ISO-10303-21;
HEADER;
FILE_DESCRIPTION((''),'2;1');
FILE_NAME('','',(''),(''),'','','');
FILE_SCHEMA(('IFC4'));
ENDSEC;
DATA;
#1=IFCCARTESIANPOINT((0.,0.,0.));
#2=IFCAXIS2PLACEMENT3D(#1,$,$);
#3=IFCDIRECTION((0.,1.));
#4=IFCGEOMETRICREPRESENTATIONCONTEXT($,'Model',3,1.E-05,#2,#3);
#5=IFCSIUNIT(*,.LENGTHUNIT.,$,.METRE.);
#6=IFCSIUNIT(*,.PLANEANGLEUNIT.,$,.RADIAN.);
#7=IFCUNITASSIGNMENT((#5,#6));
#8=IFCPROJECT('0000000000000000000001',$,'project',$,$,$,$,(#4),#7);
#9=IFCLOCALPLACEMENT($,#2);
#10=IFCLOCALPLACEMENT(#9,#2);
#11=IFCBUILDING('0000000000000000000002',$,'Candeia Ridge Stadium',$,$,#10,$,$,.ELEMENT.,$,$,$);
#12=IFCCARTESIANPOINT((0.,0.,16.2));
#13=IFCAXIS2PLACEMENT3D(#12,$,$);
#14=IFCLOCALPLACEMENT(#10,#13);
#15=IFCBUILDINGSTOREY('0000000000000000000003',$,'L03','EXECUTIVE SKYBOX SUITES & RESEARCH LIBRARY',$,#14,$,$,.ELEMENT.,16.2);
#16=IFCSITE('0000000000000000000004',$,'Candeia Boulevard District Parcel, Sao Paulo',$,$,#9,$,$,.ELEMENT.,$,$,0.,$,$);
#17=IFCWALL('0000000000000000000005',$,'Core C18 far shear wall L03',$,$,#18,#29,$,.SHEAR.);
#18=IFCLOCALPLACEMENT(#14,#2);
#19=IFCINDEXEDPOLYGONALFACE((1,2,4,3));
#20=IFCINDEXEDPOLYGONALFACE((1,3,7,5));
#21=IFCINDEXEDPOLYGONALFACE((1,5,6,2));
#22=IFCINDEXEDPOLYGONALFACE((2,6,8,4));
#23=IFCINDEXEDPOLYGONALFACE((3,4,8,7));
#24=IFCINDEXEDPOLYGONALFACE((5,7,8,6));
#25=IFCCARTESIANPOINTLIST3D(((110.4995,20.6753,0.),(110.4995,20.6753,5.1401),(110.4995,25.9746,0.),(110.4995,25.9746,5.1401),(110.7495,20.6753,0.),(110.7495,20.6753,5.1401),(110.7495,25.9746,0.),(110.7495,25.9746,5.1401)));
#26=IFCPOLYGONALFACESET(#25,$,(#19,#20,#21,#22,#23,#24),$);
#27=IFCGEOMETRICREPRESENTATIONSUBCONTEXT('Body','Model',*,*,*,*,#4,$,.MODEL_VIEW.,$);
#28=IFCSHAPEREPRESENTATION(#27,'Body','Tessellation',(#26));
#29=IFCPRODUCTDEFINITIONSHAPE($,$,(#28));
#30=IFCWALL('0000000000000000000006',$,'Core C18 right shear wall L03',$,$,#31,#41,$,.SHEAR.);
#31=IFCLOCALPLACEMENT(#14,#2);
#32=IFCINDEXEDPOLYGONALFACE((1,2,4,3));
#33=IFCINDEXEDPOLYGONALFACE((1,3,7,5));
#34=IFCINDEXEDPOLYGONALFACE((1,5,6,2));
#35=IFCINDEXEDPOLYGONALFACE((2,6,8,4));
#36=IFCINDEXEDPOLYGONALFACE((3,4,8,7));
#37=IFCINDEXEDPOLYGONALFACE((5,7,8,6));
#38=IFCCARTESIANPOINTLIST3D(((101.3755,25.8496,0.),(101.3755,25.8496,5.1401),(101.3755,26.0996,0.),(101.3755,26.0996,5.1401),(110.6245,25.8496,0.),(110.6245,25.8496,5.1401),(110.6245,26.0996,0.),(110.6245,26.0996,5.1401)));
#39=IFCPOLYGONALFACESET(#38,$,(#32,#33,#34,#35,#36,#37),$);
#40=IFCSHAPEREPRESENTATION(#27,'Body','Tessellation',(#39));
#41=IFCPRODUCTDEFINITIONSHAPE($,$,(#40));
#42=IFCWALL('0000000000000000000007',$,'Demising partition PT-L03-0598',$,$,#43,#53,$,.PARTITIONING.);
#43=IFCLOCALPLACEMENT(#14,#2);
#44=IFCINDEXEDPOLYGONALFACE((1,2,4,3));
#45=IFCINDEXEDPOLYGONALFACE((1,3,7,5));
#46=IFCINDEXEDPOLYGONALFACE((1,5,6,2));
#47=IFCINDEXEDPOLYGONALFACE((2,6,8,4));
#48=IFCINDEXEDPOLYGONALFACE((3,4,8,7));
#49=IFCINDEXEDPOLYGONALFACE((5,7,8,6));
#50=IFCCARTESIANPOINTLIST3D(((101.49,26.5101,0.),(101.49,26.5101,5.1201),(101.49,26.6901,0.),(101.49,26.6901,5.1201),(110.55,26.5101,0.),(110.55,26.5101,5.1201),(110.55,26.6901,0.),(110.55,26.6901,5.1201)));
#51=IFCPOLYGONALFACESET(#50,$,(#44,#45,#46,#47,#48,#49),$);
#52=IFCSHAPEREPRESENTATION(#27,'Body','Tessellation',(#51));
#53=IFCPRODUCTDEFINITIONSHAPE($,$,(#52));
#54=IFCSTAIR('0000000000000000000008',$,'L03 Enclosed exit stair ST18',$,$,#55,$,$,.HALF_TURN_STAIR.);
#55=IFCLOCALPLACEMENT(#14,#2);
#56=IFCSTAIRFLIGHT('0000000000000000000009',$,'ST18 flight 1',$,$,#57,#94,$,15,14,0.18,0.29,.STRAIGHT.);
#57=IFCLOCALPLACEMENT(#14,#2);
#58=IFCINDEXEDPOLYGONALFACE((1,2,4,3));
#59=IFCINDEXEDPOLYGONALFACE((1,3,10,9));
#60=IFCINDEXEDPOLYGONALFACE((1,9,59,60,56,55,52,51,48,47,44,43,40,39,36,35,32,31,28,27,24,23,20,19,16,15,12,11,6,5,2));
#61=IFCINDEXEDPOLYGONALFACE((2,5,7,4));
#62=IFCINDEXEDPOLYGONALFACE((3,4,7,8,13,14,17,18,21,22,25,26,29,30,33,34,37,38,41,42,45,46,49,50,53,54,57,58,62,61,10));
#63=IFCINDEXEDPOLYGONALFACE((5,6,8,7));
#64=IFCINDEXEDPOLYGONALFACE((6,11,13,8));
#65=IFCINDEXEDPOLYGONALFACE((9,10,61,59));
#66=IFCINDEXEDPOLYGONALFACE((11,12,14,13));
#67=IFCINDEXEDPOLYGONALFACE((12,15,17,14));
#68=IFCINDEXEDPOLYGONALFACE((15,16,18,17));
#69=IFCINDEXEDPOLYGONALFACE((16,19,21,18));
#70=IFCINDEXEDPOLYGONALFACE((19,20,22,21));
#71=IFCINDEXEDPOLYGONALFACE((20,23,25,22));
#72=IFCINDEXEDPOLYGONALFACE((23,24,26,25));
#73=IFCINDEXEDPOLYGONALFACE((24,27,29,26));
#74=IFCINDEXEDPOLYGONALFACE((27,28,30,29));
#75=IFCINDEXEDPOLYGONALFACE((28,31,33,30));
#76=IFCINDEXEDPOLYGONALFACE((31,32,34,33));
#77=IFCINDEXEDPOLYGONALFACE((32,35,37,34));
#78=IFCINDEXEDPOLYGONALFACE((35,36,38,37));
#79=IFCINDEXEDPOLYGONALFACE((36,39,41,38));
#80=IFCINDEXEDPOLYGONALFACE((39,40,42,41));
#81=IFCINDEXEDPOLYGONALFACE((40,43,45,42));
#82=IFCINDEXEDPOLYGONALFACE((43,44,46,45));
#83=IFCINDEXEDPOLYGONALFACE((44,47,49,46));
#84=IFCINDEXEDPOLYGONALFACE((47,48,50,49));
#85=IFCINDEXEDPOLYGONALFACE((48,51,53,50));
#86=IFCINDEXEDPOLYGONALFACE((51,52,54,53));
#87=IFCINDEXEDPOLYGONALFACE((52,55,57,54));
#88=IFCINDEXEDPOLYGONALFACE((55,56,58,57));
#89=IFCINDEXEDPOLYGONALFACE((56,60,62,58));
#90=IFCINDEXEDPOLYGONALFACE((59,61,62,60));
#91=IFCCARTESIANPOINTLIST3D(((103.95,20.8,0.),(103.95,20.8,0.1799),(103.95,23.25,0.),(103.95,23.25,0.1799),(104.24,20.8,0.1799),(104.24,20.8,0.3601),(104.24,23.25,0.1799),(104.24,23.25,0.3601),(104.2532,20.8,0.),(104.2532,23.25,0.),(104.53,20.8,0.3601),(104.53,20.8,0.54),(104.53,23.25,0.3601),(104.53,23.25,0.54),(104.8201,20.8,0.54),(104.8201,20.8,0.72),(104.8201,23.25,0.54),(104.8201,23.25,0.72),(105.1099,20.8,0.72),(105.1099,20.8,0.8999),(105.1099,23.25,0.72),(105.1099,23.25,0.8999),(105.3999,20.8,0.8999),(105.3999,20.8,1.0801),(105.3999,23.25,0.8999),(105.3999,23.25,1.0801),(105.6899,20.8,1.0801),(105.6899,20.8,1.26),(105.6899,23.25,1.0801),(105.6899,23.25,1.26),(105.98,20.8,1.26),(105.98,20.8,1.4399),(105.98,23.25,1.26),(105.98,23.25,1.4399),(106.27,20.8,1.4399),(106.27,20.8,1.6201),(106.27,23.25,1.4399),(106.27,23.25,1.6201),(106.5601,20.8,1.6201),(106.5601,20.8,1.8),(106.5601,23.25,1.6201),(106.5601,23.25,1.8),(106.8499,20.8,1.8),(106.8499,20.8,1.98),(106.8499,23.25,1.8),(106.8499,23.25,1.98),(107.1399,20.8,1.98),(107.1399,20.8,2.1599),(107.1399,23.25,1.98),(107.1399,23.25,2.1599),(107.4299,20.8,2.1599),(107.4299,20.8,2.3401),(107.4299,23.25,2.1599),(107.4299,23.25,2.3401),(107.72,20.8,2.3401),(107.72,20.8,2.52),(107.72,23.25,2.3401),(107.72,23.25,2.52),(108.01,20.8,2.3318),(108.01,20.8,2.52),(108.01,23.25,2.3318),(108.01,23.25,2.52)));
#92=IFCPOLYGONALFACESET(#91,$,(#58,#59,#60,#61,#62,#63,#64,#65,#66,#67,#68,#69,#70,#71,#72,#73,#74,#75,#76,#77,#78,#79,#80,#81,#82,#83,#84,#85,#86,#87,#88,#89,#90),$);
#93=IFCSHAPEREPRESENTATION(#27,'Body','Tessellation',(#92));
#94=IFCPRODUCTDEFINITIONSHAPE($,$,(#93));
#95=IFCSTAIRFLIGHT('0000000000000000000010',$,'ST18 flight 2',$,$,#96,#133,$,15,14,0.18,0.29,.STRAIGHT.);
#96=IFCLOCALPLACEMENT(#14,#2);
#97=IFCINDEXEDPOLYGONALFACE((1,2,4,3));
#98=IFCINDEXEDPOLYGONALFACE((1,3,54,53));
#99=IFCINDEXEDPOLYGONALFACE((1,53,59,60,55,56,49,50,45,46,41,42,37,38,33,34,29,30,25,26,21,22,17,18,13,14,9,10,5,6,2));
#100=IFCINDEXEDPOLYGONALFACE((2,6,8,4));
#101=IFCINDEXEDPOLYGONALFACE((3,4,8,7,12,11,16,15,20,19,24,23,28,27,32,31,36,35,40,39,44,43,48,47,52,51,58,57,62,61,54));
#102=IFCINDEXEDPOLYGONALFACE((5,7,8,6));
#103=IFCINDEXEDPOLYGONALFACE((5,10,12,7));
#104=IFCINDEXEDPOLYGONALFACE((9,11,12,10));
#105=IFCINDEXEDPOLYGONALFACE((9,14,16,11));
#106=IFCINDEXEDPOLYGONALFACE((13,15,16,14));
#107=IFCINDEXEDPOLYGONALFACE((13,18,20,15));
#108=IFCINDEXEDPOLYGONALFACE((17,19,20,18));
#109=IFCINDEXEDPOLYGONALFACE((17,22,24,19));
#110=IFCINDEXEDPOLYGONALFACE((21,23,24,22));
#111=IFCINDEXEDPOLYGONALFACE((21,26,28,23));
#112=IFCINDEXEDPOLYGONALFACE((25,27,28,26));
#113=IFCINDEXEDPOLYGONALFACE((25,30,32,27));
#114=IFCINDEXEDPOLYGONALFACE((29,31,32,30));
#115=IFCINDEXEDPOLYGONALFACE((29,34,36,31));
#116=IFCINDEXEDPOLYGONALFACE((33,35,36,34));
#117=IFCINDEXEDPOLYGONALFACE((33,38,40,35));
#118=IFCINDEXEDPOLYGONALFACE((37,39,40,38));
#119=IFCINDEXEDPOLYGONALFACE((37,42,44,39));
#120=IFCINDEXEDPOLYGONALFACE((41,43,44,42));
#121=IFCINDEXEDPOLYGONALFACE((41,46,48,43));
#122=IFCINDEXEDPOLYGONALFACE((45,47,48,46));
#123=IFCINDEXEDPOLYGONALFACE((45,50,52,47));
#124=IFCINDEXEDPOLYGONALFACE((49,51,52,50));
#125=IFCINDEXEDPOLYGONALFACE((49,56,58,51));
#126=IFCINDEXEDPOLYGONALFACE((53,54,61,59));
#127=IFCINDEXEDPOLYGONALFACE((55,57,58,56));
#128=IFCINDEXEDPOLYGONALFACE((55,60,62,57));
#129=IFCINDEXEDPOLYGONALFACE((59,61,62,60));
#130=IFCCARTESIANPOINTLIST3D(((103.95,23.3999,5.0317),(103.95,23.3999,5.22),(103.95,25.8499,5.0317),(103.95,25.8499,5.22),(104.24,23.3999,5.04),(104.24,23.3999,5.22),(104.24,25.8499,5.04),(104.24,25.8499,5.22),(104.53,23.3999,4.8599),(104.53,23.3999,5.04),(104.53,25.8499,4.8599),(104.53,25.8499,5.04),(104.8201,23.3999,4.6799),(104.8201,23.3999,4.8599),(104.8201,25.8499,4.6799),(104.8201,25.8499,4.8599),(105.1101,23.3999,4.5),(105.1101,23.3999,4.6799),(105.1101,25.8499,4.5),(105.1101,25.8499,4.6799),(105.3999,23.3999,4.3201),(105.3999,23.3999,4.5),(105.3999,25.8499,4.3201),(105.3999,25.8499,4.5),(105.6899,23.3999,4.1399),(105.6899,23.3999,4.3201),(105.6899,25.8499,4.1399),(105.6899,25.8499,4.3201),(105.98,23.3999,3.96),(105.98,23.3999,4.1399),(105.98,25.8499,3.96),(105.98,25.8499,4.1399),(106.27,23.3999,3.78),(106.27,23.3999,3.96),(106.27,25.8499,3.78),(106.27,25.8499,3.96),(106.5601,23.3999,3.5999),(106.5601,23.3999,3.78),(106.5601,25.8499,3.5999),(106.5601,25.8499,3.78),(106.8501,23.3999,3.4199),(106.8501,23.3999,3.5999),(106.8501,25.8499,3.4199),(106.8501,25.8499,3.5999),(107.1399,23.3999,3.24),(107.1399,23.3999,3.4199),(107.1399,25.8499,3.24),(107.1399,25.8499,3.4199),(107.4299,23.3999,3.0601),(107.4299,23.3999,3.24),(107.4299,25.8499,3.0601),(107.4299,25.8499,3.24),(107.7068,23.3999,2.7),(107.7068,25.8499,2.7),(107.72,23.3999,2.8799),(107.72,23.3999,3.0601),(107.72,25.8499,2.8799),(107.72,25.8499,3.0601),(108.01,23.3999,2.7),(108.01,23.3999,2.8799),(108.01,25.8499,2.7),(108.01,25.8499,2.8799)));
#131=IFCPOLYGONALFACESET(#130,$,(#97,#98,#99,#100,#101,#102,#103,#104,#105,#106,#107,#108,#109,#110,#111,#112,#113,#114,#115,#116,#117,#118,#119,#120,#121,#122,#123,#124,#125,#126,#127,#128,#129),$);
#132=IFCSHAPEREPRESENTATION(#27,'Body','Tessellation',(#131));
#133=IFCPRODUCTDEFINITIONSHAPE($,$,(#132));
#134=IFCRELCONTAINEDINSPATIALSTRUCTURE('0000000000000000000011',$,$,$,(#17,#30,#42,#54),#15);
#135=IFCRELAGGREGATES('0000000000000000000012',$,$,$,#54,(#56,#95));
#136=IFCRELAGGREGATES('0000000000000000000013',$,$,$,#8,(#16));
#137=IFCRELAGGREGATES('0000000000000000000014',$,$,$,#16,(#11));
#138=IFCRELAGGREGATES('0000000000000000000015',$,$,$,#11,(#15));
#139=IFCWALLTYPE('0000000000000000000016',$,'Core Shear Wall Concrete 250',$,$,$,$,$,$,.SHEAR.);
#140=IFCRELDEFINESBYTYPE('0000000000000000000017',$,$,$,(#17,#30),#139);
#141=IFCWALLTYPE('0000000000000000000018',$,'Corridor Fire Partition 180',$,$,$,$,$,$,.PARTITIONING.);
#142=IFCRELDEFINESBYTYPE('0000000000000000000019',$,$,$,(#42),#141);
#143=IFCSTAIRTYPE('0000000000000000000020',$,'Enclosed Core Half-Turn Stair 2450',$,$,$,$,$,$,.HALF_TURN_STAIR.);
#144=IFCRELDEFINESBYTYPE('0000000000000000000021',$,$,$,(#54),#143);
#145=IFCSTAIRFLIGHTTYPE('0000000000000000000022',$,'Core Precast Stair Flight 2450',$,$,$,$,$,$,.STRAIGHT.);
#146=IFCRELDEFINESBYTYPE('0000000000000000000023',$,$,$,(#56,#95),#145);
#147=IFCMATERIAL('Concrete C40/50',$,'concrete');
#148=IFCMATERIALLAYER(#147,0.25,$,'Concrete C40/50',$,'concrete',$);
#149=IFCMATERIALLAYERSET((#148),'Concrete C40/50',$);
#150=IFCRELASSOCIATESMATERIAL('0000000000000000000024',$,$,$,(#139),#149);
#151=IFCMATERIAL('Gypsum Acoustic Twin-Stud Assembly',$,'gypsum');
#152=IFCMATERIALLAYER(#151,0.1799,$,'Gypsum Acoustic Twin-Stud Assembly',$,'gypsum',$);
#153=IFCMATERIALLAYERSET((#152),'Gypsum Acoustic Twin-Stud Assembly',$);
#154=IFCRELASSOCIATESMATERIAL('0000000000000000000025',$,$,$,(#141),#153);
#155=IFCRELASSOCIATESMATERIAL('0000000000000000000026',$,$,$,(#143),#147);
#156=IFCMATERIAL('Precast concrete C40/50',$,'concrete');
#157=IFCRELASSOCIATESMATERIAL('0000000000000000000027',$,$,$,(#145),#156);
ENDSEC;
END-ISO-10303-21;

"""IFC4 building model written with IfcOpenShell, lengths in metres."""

from ifc_helpers import new_model, si_unit, direction, frame, frame_2d, origin, place, context, subcontext, project, spatial, polyline, rectangle, outline, extrude, material, layer, layer_set, type_object, element, aggregate, save


model = new_model("IFC4")

# Units and contexts
model_context = context("Model", 3, precision=1e-05, world=origin(), true_north=direction((0.0, 1.0)))
body_context = subcontext(model_context, "Body", "Model", "MODEL_VIEW")
ifc_project = project(units=[si_unit("LENGTHUNIT", "METRE"), si_unit("PLANEANGLEUNIT", "RADIAN")], contexts=[model_context])

# Site, building, storey
site_placement = place(None, origin())
site = spatial("IfcSite", under=ifc_project, at=site_placement, Name="Candeia Boulevard District Parcel, Sao Paulo", CompositionType="ELEMENT", RefElevation=0.0)
building_placement = place(site_placement, origin())
building = spatial("IfcBuilding", under=site, at=building_placement, Name="Candeia Ridge Stadium", CompositionType="ELEMENT")
storey_placement = place(building_placement, frame((0.0, 0.0, 16.2)))
storey = spatial("IfcBuildingStorey", under=building, at=storey_placement, Name="L03", Description="EXECUTIVE SKYBOX SUITES & RESEARCH LIBRARY", CompositionType="ELEMENT", Elevation=16.2)

# Shared definitions
ifc_material_1 = material(Name="Concrete C40/50", Category="concrete")

# Walls
ifc_layer_1 = layer(ifc_material_1, 0.25, Name="Concrete C40/50", Category="concrete")
ifc_layer_set_1 = layer_set([ifc_layer_1], Name="Concrete C40/50")
wall_type_1 = type_object("IfcWallType", Name="Core Shear Wall Concrete 250", PredefinedType="SHEAR", material=ifc_layer_set_1)
wall_1_placement = place(storey_placement, frame((110.6245, 20.6753, 0.0), z_axis=(0.0, 0.0, 1.0), x_axis=(0.0, 1.0, 0.0)))
element("IfcWall", 1, at=wall_1_placement, inside=storey, type_object=wall_type_1, Name="Core C18 far shear wall L03", PredefinedType="SHEAR", context=body_context, shape_type="SweptSolid", body=[
    extrude(rectangle(XDim=5.2993, YDim=0.25, at=frame_2d((2.6497, 0.0))), origin(), (0.0, 0.0, 1.0), 5.1401),
])
wall_2_placement = place(storey_placement, frame((110.6245, 25.9746, 0.0), z_axis=(0.0, 0.0, 1.0), x_axis=(-1.0, 0.0, 0.0)))
element("IfcWall", 2, at=wall_2_placement, inside=storey, type_object=wall_type_1, Name="Core C18 right shear wall L03", PredefinedType="SHEAR", context=body_context, shape_type="SweptSolid", body=[
    extrude(rectangle(XDim=9.249, YDim=0.25, at=frame_2d((4.6245, 0.0))), origin(), (0.0, 0.0, 1.0), 5.1401),
])
ifc_material_2 = material(Name="Gypsum Acoustic Twin-Stud Assembly", Category="gypsum")
ifc_layer_2 = layer(ifc_material_2, 0.1799, Name="Gypsum Acoustic Twin-Stud Assembly", Category="gypsum")
ifc_layer_set_2 = layer_set([ifc_layer_2], Name="Gypsum Acoustic Twin-Stud Assembly")
wall_type_2 = type_object("IfcWallType", Name="Corridor Fire Partition 180", PredefinedType="PARTITIONING", material=ifc_layer_set_2)
wall_3_placement = place(storey_placement, frame((110.55, 26.6001, 0.0), z_axis=(0.0, 0.0, 1.0), x_axis=(-1.0, 0.0, 0.0)))
element("IfcWall", 3, at=wall_3_placement, inside=storey, type_object=wall_type_2, Name="Demising partition PT-L03-0598", PredefinedType="PARTITIONING", context=body_context, shape_type="SweptSolid", body=[
    extrude(rectangle(XDim=9.0601, YDim=0.1799, at=frame_2d((4.53, 0.0))), origin(), (0.0, 0.0, 1.0), 5.1201),
])

# Stair, stair flights
stair_type = type_object("IfcStairType", Name="Enclosed Core Half-Turn Stair 2450", PredefinedType="HALF_TURN_STAIR", material=ifc_material_1)
stair_placement = place(storey_placement, origin())
stair = element("IfcStair", 4, at=stair_placement, inside=storey, type_object=stair_type, Name="L03 Enclosed exit stair ST18", PredefinedType="HALF_TURN_STAIR")
ifc_material_3 = material(Name="Precast concrete C40/50", Category="concrete")
stair_flight_type = type_object("IfcStairFlightType", Name="Core Precast Stair Flight 2450", PredefinedType="STRAIGHT", material=ifc_material_3)
stair_flight_1_placement = place(storey_placement, frame((103.95, 22.0249, 0.0), z_axis=(0.0, 0.0, 1.0), x_axis=(1.0, 0.0, 0.0)))
stair_flight_1 = element("IfcStairFlight", 5, at=stair_flight_1_placement, type_object=stair_flight_type, Name="ST18 flight 1", NumberOfRisers=15, NumberOfTreads=14, PredefinedType="STRAIGHT", RiserHeight=0.18, TreadLength=0.29, context=body_context, shape_type="SweptSolid", body=[
    extrude(outline(polyline([(0.0, 0.0), (0.0, 0.1799), (0.29, 0.1799), (0.29, 0.3601), (0.5801, 0.3601), (0.5801, 0.54), (0.8701, 0.54), (0.8701, 0.72), (1.1599, 0.72), (1.1599, 0.8999), (1.45, 0.8999), (1.45, 1.0801), (1.74, 1.0801), (1.74, 1.26), (2.03, 1.26), (2.03, 1.4399), (2.3201, 1.4399), (2.3201, 1.6201), (2.6101, 1.6201), (2.6101, 1.8), (2.8999, 1.8), (2.8999, 1.98), (3.1899, 1.98), (3.1899, 2.1599), (3.48, 2.1599), (3.48, 2.3401), (3.77, 2.3401), (3.77, 2.52), (4.0601, 2.52), (4.0601, 2.7), (4.0601, 2.3318), (0.3032, 0.0), (0.0, 0.0)])), frame((0.0, 1.2251, 0.0), z_axis=(0.0, -1.0, 0.0), x_axis=(1.0, 0.0, 0.0)), (0.0, 0.0, 1.0), 2.45),
])
stair_flight_2_placement = place(storey_placement, frame((108.01, 24.625, 2.7), z_axis=(0.0, 0.0, 1.0), x_axis=(-1.0, 0.0, 0.0)))
stair_flight_2 = element("IfcStairFlight", 6, at=stair_flight_2_placement, type_object=stair_flight_type, Name="ST18 flight 2", NumberOfRisers=15, NumberOfTreads=14, PredefinedType="STRAIGHT", RiserHeight=0.18, TreadLength=0.29, context=body_context, shape_type="SweptSolid", body=[
    extrude(outline(polyline([(0.0, 0.0), (0.0, 0.1799), (0.29, 0.1799), (0.29, 0.3601), (0.5801, 0.3601), (0.5801, 0.54), (0.8701, 0.54), (0.8701, 0.72), (1.1599, 0.72), (1.1599, 0.8999), (1.45, 0.8999), (1.45, 1.0801), (1.74, 1.0801), (1.74, 1.26), (2.03, 1.26), (2.03, 1.4399), (2.3201, 1.4399), (2.3201, 1.6201), (2.6101, 1.6201), (2.6101, 1.8), (2.8999, 1.8), (2.8999, 1.98), (3.1899, 1.98), (3.1899, 2.1599), (3.48, 2.1599), (3.48, 2.3401), (3.77, 2.3401), (3.77, 2.52), (4.0601, 2.52), (4.0601, 2.7), (4.0601, 2.3318), (0.3032, 0.0), (0.0, 0.0)])), frame((0.0, 1.2251, 0.0), z_axis=(0.0, -1.0, 0.0), x_axis=(1.0, 0.0, 0.0)), (0.0, 0.0, 1.0), 2.45),
])
aggregate(stair, [stair_flight_1, stair_flight_2])

save(model, "model.ifc")
